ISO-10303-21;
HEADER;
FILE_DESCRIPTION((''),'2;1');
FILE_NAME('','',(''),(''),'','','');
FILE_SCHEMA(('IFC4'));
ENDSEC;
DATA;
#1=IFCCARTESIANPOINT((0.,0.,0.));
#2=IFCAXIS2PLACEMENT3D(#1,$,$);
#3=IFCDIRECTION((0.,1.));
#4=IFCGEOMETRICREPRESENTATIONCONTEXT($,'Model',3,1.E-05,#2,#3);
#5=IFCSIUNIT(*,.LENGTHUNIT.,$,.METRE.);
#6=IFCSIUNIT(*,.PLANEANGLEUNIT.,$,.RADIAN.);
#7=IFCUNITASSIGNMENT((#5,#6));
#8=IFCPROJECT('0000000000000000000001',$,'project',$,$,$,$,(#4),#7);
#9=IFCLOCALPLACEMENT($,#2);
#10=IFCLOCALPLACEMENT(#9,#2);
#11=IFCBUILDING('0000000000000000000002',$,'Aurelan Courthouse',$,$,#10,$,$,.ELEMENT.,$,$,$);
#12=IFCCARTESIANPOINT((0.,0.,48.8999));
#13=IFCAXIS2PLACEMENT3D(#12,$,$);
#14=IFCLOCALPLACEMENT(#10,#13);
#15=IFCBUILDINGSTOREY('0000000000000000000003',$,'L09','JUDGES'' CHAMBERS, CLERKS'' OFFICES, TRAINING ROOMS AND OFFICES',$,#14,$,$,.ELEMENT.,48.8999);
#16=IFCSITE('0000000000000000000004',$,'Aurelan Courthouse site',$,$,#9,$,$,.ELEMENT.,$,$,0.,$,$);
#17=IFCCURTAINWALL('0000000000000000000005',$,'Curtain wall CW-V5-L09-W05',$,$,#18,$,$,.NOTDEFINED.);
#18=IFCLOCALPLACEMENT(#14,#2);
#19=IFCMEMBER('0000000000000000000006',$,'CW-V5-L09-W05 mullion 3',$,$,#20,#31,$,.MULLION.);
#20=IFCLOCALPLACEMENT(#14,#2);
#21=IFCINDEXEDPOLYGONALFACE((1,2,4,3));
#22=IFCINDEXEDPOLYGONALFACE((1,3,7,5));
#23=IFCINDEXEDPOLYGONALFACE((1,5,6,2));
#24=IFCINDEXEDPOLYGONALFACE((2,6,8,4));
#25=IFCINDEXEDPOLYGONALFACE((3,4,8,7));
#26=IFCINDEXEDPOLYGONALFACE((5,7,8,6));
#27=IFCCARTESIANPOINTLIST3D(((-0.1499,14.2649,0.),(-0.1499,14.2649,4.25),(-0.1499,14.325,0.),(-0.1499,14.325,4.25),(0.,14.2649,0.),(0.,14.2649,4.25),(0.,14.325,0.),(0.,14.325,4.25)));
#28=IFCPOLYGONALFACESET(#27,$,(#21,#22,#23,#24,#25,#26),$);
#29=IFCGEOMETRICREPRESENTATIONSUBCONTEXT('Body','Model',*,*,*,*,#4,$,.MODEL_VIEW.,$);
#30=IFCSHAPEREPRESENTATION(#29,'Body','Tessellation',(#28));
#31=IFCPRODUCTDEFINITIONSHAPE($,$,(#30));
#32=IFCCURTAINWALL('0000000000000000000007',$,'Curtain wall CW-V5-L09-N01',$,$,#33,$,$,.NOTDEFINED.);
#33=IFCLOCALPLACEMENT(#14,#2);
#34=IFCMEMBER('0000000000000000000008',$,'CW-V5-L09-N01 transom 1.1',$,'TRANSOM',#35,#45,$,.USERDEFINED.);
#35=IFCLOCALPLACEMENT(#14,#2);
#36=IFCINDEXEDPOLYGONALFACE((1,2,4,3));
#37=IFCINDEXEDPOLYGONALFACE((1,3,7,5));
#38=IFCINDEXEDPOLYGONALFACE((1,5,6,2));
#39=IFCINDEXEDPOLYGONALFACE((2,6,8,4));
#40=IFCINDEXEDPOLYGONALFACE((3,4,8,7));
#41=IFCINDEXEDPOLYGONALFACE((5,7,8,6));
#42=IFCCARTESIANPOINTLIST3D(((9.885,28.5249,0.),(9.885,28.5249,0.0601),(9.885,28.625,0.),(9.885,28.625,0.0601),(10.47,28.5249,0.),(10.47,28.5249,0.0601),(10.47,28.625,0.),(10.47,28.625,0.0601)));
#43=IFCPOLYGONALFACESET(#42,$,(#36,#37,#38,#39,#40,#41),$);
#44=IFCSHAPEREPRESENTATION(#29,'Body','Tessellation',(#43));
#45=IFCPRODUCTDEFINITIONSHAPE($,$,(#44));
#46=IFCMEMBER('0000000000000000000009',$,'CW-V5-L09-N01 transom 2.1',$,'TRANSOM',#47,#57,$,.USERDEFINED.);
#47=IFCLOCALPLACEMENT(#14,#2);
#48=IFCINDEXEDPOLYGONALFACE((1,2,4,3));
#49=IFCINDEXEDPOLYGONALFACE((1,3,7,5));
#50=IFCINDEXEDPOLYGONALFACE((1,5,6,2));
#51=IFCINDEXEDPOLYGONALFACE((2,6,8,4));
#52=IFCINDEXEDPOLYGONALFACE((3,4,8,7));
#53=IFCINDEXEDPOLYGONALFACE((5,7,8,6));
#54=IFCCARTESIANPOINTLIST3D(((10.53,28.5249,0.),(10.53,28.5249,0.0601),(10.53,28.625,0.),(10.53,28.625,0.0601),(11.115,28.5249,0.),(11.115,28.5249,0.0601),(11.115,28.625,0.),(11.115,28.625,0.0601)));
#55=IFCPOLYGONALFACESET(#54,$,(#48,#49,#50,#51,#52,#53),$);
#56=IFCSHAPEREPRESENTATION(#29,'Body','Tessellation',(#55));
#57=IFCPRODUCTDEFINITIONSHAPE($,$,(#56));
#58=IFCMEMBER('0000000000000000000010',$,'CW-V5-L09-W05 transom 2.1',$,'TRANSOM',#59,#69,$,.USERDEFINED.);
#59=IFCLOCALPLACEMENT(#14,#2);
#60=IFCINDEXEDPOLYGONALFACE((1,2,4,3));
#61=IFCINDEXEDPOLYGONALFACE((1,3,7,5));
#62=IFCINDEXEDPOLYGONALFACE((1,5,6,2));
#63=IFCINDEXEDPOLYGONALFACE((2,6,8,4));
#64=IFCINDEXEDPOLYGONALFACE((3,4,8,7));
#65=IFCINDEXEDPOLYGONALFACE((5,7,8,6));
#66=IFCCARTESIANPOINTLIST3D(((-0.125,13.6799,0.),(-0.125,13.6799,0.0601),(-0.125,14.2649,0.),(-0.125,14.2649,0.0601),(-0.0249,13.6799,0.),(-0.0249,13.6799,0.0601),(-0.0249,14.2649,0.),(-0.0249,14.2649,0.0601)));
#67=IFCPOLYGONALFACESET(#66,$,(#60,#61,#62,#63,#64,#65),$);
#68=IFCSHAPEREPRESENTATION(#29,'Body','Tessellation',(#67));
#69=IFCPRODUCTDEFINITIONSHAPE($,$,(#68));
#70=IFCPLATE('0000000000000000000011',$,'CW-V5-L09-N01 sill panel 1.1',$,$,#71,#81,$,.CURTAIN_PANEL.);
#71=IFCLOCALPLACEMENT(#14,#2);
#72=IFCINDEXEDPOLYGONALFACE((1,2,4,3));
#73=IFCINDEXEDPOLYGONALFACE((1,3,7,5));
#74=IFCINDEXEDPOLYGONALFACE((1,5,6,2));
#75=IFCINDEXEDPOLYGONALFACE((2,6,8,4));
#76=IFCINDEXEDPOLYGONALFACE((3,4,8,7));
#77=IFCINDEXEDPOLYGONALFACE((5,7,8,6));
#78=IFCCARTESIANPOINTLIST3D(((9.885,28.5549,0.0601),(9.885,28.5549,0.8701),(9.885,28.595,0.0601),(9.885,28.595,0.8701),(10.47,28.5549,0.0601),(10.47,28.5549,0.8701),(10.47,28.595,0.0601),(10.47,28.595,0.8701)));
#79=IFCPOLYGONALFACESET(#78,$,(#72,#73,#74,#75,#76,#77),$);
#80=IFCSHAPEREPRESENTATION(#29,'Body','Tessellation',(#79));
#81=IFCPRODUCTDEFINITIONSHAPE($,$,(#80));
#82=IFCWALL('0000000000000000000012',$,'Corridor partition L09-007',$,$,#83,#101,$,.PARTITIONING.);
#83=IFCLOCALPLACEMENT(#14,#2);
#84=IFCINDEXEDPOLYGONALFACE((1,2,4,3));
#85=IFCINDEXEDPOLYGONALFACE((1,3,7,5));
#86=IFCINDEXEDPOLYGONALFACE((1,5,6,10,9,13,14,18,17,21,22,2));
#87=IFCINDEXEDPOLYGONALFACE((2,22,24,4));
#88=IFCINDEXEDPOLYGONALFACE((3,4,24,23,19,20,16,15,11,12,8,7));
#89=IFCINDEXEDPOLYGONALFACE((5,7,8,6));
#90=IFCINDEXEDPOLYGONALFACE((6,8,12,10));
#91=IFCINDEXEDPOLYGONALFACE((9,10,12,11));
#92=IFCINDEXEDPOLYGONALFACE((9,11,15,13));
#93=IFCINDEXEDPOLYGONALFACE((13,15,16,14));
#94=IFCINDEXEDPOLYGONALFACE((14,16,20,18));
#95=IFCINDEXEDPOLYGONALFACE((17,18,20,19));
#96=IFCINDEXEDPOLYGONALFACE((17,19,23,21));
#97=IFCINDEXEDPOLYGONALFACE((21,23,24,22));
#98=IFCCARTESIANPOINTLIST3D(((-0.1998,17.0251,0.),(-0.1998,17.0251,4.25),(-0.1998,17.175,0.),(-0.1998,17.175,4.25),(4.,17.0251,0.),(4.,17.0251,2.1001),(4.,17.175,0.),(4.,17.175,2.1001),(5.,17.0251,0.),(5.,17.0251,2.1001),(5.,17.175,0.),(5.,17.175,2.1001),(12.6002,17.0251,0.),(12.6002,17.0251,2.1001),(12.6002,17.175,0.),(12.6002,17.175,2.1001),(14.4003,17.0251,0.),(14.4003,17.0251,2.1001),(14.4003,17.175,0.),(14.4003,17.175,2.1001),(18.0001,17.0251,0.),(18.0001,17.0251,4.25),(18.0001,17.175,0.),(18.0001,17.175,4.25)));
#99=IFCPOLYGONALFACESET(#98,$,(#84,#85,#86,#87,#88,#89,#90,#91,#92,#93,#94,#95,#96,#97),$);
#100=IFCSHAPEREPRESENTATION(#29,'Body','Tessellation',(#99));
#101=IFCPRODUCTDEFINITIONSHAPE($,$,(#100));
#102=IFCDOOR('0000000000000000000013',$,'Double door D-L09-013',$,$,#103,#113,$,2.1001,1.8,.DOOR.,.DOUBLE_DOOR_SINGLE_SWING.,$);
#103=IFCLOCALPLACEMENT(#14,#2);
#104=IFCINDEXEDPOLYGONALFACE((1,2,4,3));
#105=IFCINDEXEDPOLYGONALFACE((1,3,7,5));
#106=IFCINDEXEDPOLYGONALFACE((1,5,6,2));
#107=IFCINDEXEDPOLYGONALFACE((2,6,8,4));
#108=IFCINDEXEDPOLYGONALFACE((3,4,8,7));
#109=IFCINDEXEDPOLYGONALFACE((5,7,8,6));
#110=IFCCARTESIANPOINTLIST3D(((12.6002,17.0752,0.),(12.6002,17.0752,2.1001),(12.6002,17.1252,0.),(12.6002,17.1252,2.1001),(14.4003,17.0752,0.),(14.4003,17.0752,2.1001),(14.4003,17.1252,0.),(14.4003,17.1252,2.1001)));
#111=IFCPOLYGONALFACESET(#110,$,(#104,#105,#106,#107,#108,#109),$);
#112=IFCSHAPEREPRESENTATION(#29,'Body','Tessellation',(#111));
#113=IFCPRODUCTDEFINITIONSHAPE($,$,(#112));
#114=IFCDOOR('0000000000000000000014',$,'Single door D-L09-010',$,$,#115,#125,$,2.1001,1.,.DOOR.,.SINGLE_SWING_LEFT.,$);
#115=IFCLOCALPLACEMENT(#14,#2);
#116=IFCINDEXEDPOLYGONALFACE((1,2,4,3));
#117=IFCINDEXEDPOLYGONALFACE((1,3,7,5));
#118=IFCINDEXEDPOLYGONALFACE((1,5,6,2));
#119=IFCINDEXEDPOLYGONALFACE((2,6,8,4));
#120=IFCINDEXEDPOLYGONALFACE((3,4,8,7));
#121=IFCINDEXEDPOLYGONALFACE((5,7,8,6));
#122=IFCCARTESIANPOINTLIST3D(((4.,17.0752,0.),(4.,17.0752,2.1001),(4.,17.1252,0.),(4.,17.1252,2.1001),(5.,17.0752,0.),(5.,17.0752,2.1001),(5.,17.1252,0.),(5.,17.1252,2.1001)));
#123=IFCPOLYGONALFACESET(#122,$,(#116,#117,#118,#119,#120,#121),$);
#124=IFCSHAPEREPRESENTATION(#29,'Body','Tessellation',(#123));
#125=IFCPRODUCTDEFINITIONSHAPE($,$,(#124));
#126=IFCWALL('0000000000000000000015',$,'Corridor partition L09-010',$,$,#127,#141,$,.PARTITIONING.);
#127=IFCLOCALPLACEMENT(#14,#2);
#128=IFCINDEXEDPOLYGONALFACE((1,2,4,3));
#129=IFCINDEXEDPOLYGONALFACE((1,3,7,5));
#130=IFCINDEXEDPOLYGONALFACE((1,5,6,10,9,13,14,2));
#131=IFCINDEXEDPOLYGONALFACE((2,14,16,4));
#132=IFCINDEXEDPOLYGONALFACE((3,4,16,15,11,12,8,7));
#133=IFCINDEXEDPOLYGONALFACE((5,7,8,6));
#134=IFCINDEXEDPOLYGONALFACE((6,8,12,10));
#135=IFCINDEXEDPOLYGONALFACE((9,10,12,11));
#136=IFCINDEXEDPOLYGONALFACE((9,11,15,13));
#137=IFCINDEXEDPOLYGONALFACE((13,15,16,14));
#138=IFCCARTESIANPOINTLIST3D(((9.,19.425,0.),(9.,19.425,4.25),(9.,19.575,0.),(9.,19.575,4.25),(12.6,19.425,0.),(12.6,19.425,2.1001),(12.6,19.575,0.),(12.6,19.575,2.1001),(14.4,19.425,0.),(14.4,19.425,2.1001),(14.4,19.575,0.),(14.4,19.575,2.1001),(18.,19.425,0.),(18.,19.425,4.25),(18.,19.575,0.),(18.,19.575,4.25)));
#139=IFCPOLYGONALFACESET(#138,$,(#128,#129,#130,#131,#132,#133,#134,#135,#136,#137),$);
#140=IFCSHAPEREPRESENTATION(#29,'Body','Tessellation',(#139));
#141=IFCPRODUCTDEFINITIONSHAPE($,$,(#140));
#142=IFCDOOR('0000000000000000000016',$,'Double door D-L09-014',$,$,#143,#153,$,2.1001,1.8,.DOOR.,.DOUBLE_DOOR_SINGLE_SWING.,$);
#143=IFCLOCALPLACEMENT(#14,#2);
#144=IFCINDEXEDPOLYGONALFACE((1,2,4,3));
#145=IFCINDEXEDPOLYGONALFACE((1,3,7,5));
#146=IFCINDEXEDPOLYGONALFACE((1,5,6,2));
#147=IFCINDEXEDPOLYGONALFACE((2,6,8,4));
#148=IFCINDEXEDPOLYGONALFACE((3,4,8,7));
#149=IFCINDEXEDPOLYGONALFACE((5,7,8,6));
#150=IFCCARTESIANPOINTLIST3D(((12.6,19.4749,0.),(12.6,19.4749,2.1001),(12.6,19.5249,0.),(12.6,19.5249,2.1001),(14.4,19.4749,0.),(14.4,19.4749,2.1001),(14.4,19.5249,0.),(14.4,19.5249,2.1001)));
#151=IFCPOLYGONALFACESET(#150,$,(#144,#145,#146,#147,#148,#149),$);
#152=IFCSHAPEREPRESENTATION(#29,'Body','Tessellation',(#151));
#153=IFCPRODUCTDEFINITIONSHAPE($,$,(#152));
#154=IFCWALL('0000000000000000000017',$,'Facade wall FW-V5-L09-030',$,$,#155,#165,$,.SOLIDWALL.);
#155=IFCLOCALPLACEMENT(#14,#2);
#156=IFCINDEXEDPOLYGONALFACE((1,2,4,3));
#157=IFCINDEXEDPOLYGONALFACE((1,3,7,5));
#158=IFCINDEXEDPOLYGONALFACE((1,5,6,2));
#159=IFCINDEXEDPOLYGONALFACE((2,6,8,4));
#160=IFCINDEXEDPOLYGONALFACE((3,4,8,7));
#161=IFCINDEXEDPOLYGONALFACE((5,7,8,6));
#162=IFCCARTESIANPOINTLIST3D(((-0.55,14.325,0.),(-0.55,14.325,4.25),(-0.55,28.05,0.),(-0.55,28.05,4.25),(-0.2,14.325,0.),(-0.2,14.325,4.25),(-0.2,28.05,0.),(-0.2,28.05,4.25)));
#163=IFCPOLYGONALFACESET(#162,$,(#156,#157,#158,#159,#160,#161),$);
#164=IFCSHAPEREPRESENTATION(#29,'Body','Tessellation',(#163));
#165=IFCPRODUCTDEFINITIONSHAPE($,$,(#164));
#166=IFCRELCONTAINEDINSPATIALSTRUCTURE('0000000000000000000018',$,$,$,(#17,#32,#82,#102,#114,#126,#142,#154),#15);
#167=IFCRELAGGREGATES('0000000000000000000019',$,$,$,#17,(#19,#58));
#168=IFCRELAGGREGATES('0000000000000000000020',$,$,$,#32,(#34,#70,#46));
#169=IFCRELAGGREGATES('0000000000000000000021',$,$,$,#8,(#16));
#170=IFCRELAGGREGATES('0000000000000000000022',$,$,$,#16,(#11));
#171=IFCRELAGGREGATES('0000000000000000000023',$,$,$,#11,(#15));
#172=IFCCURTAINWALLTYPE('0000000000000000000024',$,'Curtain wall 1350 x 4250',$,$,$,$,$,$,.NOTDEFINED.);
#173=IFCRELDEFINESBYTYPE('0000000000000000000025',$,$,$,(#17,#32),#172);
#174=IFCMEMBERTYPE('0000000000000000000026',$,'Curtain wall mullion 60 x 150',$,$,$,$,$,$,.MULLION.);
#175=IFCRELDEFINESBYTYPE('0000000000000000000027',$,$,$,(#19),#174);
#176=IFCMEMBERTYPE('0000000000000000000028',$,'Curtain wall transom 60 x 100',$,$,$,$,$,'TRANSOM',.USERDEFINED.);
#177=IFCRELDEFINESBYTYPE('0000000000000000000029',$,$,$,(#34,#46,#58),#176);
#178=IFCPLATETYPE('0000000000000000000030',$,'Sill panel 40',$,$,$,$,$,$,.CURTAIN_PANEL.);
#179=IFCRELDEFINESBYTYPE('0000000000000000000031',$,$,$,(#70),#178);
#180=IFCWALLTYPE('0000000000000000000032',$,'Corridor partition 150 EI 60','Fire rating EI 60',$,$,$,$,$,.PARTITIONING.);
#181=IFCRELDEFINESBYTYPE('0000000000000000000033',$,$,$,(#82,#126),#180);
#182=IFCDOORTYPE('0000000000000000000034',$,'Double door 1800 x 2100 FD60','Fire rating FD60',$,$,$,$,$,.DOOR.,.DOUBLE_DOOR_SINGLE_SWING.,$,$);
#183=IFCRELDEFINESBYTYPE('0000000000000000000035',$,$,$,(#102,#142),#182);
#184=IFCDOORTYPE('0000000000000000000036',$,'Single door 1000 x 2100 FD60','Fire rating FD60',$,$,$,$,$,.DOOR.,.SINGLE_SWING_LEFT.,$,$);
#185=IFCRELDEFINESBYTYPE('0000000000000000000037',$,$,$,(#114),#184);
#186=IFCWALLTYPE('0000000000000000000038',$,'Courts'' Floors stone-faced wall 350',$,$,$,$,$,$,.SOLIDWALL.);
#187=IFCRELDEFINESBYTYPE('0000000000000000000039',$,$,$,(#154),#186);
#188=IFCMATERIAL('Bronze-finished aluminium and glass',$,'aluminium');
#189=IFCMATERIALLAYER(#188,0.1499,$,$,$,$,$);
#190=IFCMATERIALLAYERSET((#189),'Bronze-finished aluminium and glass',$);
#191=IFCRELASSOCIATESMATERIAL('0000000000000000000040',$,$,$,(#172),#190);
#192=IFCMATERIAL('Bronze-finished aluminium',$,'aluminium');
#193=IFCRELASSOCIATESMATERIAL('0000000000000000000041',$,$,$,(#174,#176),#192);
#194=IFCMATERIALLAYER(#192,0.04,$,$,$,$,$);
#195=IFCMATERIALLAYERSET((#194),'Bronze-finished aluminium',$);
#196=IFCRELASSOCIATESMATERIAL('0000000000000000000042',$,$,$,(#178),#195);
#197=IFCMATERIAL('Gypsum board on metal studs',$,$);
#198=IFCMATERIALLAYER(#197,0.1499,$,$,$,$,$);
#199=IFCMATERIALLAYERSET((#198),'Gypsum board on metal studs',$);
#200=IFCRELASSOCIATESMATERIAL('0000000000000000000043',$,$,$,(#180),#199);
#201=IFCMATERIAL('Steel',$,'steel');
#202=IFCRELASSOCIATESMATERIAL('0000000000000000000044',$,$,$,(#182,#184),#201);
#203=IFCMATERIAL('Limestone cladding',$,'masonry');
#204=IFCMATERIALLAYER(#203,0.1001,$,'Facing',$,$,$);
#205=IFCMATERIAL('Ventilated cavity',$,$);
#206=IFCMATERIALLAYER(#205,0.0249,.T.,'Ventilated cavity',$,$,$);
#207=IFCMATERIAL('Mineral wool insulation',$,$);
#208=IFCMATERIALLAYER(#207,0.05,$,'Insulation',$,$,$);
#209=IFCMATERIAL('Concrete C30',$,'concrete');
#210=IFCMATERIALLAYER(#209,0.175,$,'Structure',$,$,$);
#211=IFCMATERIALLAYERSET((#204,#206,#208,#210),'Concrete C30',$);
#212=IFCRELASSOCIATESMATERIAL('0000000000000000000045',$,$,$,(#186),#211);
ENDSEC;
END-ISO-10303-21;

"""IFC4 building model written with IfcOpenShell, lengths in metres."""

from ifc_helpers import new_model, si_unit, direction, frame, frame_2d, origin, origin_2d, place, context, subcontext, project, spatial, rectangle, extrude, material, layer, layer_set, material_profile, profile_set, type_object, element, fill, aggregate, save


model = new_model("IFC4")

# Units and contexts
model_context = context("Model", 3, precision=1e-05, world=origin(), true_north=direction((0.0, 1.0)))
body_context = subcontext(model_context, "Body", "Model", "MODEL_VIEW")
ifc_project = project(units=[si_unit("LENGTHUNIT", "METRE"), si_unit("PLANEANGLEUNIT", "RADIAN")], contexts=[model_context])

# Site, building, storey
site_placement = place(None, origin())
site = spatial("IfcSite", under=ifc_project, at=site_placement, Name="Aurelan Courthouse site", CompositionType="ELEMENT", RefElevation=0.0)
building_placement = place(site_placement, origin())
building = spatial("IfcBuilding", under=site, at=building_placement, Name="Aurelan Courthouse", CompositionType="ELEMENT")
storey_placement = place(building_placement, frame((0.0, 0.0, 48.8999)))
storey = spatial("IfcBuildingStorey", under=building, at=storey_placement, Name="L09", Description="JUDGES' CHAMBERS, CLERKS' OFFICES, TRAINING ROOMS AND OFFICES", CompositionType="ELEMENT", Elevation=48.8999)

# Curtain wall, member
ifc_material_1 = material(Name="Bronze-finished aluminium and glass", Category="aluminium")
ifc_layer_1 = layer(ifc_material_1, 0.1499)
ifc_layer_set_1 = layer_set([ifc_layer_1], Name="Bronze-finished aluminium and glass")
curtain_wall_type = type_object("IfcCurtainWallType", Name="Curtain wall 1350 x 4250", PredefinedType="NOTDEFINED", material=ifc_layer_set_1)
curtain_wall_1_placement = place(storey_placement, origin())
curtain_wall_1 = element("IfcCurtainWall", 1, at=curtain_wall_1_placement, inside=storey, type_object=curtain_wall_type, Name="Curtain wall CW-V5-L09-W05", PredefinedType="NOTDEFINED")
ifc_material_2 = material(Name="Bronze-finished aluminium", Category="aluminium")
ifc_material_profile_1 = material_profile(ifc_material_2, rectangle(XDim=0.1499, YDim=0.0601, at=origin_2d()), Name="Bronze mullion 60 x 150")
ifc_profile_set_1 = profile_set([ifc_material_profile_1], Name="Bronze-finished aluminium")
member_type_1 = type_object("IfcMemberType", Name="Curtain wall mullion 60 x 150", PredefinedType="MULLION", material=ifc_profile_set_1)
member_1_placement = place(storey_placement, frame((-0.075, 14.2949, 0.0), z_axis=(0.0, 0.0, 1.0), x_axis=(-1.0, 0.0, 0.0)))
member_1 = element("IfcMember", 2, at=member_1_placement, type_object=member_type_1, Name="CW-V5-L09-W05 mullion 3", PredefinedType="MULLION", context=body_context, shape_type="SweptSolid", body=[
    extrude(rectangle(XDim=0.1499, YDim=0.0601, at=origin_2d()), origin(), (0.0, 0.0, 1.0), 4.25),
])

# Curtain wall, members
curtain_wall_2_placement = place(storey_placement, origin())
curtain_wall_2 = element("IfcCurtainWall", 3, at=curtain_wall_2_placement, inside=storey, type_object=curtain_wall_type, Name="Curtain wall CW-V5-L09-N01", PredefinedType="NOTDEFINED")
ifc_material_profile_2 = material_profile(ifc_material_2, rectangle(XDim=0.1001, YDim=0.0601, at=origin_2d()), Name="Bronze transom 60 x 100")
ifc_profile_set_2 = profile_set([ifc_material_profile_2], Name="Bronze-finished aluminium")
member_type_2 = type_object("IfcMemberType", Name="Curtain wall transom 60 x 100", ElementType="TRANSOM", PredefinedType="USERDEFINED", material=ifc_profile_set_2)
member_2_placement = place(storey_placement, frame((9.885, 28.575, 0.03), z_axis=(1.0, 0.0, 0.0), x_axis=(0.0, 1.0, 0.0)))
member_2 = element("IfcMember", 4, at=member_2_placement, type_object=member_type_2, Name="CW-V5-L09-N01 transom 1.1", ObjectType="TRANSOM", PredefinedType="USERDEFINED", context=body_context, shape_type="SweptSolid", body=[
    extrude(rectangle(XDim=0.1001, YDim=0.0601, at=origin_2d()), origin(), (0.0, 0.0, 1.0), 0.585),
])
member_3_placement = place(storey_placement, frame((10.53, 28.575, 0.03), z_axis=(1.0, 0.0, 0.0), x_axis=(0.0, 1.0, 0.0)))
member_3 = element("IfcMember", 5, at=member_3_placement, type_object=member_type_2, Name="CW-V5-L09-N01 transom 2.1", ObjectType="TRANSOM", PredefinedType="USERDEFINED", context=body_context, shape_type="SweptSolid", body=[
    extrude(rectangle(XDim=0.1001, YDim=0.0601, at=origin_2d()), origin(), (0.0, 0.0, 1.0), 0.585),
])

# Member
member_4_placement = place(storey_placement, frame((-0.075, 13.6799, 0.03), z_axis=(0.0, 1.0, 0.0), x_axis=(-1.0, 0.0, 0.0)))
member_4 = element("IfcMember", 6, at=member_4_placement, type_object=member_type_2, Name="CW-V5-L09-W05 transom 2.1", ObjectType="TRANSOM", PredefinedType="USERDEFINED", context=body_context, shape_type="SweptSolid", body=[
    extrude(rectangle(XDim=0.1001, YDim=0.0601, at=origin_2d()), origin(), (0.0, 0.0, 1.0), 0.585),
])
aggregate(curtain_wall_1, [member_1, member_4])

# Plate
ifc_layer_2 = layer(ifc_material_2, 0.04)
ifc_layer_set_2 = layer_set([ifc_layer_2], Name="Bronze-finished aluminium")
plate_type = type_object("IfcPlateType", Name="Sill panel 40", PredefinedType="CURTAIN_PANEL", material=ifc_layer_set_2)
plate_placement = place(storey_placement, frame((10.1775, 28.575, 0.0601), z_axis=(0.0, 0.0, 1.0), x_axis=(1.0, 0.0, 0.0)))
plate = element("IfcPlate", 7, at=plate_placement, type_object=plate_type, Name="CW-V5-L09-N01 sill panel 1.1", PredefinedType="CURTAIN_PANEL", context=body_context, shape_type="SweptSolid", body=[
    extrude(rectangle(XDim=0.585, YDim=0.04, at=origin_2d()), origin(), (0.0, 0.0, 1.0), 0.8101),
])
aggregate(curtain_wall_2, [member_2, plate, member_3])

# Wall, openings, doors
ifc_material_3 = material(Name="Gypsum board on metal studs")
ifc_layer_3 = layer(ifc_material_3, 0.1499)
ifc_layer_set_3 = layer_set([ifc_layer_3], Name="Gypsum board on metal studs")
wall_type_1 = type_object("IfcWallType", Name="Corridor partition 150 EI 60", Description="Fire rating EI 60", PredefinedType="PARTITIONING", material=ifc_layer_set_3)
wall_1_placement = place(storey_placement, frame((-0.2, 17.1001, 0.0), z_axis=(0.0, 0.0, 1.0), x_axis=(1.0, 0.0, 0.0)))
wall_1 = element("IfcWall", 8, at=wall_1_placement, inside=storey, type_object=wall_type_1, Name="Corridor partition L09-007", PredefinedType="PARTITIONING", context=body_context, shape_type="SweptSolid", body=[
    extrude(rectangle(XDim=18.2, YDim=0.1499, at=frame_2d((9.1001, 0.0))), origin(), (0.0, 0.0, 1.0), 4.25),
])
opening_1_placement = place(wall_1_placement, frame((5.2, 0.0, 0.0), z_axis=(0.0, 0.0, 1.0), x_axis=(-1.0, 0.0, 0.0)))
opening_1 = element("IfcOpeningElement", 9, at=opening_1_placement, cuts=wall_1, PredefinedType="OPENING", context=body_context, shape_type="SweptSolid", body=[
    extrude(rectangle(XDim=1.0, YDim=2.1001, at=frame_2d((0.5, 1.05))), frame((0.0, 0.085, 0.0), z_axis=(0.0, -1.0, 0.0), x_axis=(1.0, 0.0, 0.0)), (0.0, 0.0, 1.0), 0.1699),
])
opening_2_placement = place(wall_1_placement, frame((14.6001, 0.0, 0.0), z_axis=(0.0, 0.0, 1.0), x_axis=(-1.0, 0.0, 0.0)))
opening_2 = element("IfcOpeningElement", 10, at=opening_2_placement, cuts=wall_1, PredefinedType="OPENING", context=body_context, shape_type="SweptSolid", body=[
    extrude(rectangle(XDim=1.8, YDim=2.1001, at=frame_2d((0.8999, 1.05))), frame((0.0, 0.085, 0.0), z_axis=(0.0, -1.0, 0.0), x_axis=(1.0, 0.0, 0.0)), (0.0, 0.0, 1.0), 0.1699),
])
ifc_material_4 = material(Name="Steel", Category="steel")
door_type_1 = type_object("IfcDoorType", Name="Double door 1800 x 2100 FD60", Description="Fire rating FD60", OperationType="DOUBLE_DOOR_SINGLE_SWING", PredefinedType="DOOR", material=ifc_material_4)
door_1_placement = place(opening_2_placement, origin())
door_1 = element("IfcDoor", 11, at=door_1_placement, inside=storey, type_object=door_type_1, Name="Double door D-L09-013", OperationType="DOUBLE_DOOR_SINGLE_SWING", OverallHeight=2.1001, OverallWidth=1.8, PredefinedType="DOOR", context=body_context, shape_type="SweptSolid", body=[
    extrude(rectangle(XDim=1.8, YDim=2.1001, at=frame_2d((0.8999, 1.05))), frame((0.0, 0.0249, 0.0), z_axis=(0.0, -1.0, 0.0), x_axis=(1.0, 0.0, 0.0)), (0.0, 0.0, 1.0), 0.05),
])
fill(opening_2, door_1)
door_type_2 = type_object("IfcDoorType", Name="Single door 1000 x 2100 FD60", Description="Fire rating FD60", OperationType="SINGLE_SWING_LEFT", PredefinedType="DOOR", material=ifc_material_4)
door_2_placement = place(opening_1_placement, origin())
door_2 = element("IfcDoor", 12, at=door_2_placement, inside=storey, type_object=door_type_2, Name="Single door D-L09-010", OperationType="SINGLE_SWING_LEFT", OverallHeight=2.1001, OverallWidth=1.0, PredefinedType="DOOR", context=body_context, shape_type="SweptSolid", body=[
    extrude(rectangle(XDim=1.0, YDim=2.1001, at=frame_2d((0.5, 1.05))), frame((0.0, 0.0249, 0.0), z_axis=(0.0, -1.0, 0.0), x_axis=(1.0, 0.0, 0.0)), (0.0, 0.0, 1.0), 0.05),
])
fill(opening_1, door_2)

# Wall, opening, door
wall_2_placement = place(storey_placement, frame((9.0, 19.5, 0.0), z_axis=(0.0, 0.0, 1.0), x_axis=(1.0, 0.0, 0.0)))
wall_2 = element("IfcWall", 13, at=wall_2_placement, inside=storey, type_object=wall_type_1, Name="Corridor partition L09-010", PredefinedType="PARTITIONING", context=body_context, shape_type="SweptSolid", body=[
    extrude(rectangle(XDim=9.0, YDim=0.1499, at=frame_2d((4.5, 0.0))), origin(), (0.0, 0.0, 1.0), 4.25),
])
opening_3_placement = place(wall_2_placement, frame((3.6001, 0.0, 0.0)))
opening_3 = element("IfcOpeningElement", 14, at=opening_3_placement, cuts=wall_2, PredefinedType="OPENING", context=body_context, shape_type="SweptSolid", body=[
    extrude(rectangle(XDim=1.8, YDim=2.1001, at=frame_2d((0.8999, 1.05))), frame((0.0, 0.085, 0.0), z_axis=(0.0, -1.0, 0.0), x_axis=(1.0, 0.0, 0.0)), (0.0, 0.0, 1.0), 0.1699),
])
door_3_placement = place(opening_3_placement, origin())
door_3 = element("IfcDoor", 15, at=door_3_placement, inside=storey, type_object=door_type_1, Name="Double door D-L09-014", OperationType="DOUBLE_DOOR_SINGLE_SWING", OverallHeight=2.1001, OverallWidth=1.8, PredefinedType="DOOR", context=body_context, shape_type="SweptSolid", body=[
    extrude(rectangle(XDim=1.8, YDim=2.1001, at=frame_2d((0.8999, 1.05))), frame((0.0, 0.0249, 0.0), z_axis=(0.0, -1.0, 0.0), x_axis=(1.0, 0.0, 0.0)), (0.0, 0.0, 1.0), 0.05),
])
fill(opening_3, door_3)

# Wall
ifc_material_5 = material(Name="Limestone cladding", Category="masonry")
ifc_layer_4 = layer(ifc_material_5, 0.1001, Name="Facing")
ifc_material_6 = material(Name="Ventilated cavity")
ifc_layer_5 = layer(ifc_material_6, 0.0249, ventilated=True, Name="Ventilated cavity")
ifc_material_7 = material(Name="Mineral wool insulation")
ifc_layer_6 = layer(ifc_material_7, 0.05, Name="Insulation")
ifc_material_8 = material(Name="Concrete C30", Category="concrete")
ifc_layer_7 = layer(ifc_material_8, 0.175, Name="Structure")
ifc_layer_set_4 = layer_set([ifc_layer_4, ifc_layer_5, ifc_layer_6, ifc_layer_7], Name="Concrete C30")
wall_type_2 = type_object("IfcWallType", Name="Courts' Floors stone-faced wall 350", PredefinedType="SOLIDWALL", material=ifc_layer_set_4)
wall_3_placement = place(storey_placement, frame((-0.375, 14.325, 0.0), z_axis=(0.0, 0.0, 1.0), x_axis=(0.0, 1.0, 0.0)))
element("IfcWall", 16, at=wall_3_placement, inside=storey, type_object=wall_type_2, Name="Facade wall FW-V5-L09-030", PredefinedType="SOLIDWALL", context=body_context, shape_type="SweptSolid", body=[
    extrude(rectangle(XDim=13.7251, YDim=0.3501, at=frame_2d((6.8625, 0.0))), origin(), (0.0, 0.0, 1.0), 4.25),
])

save(model, "model.ifc")
